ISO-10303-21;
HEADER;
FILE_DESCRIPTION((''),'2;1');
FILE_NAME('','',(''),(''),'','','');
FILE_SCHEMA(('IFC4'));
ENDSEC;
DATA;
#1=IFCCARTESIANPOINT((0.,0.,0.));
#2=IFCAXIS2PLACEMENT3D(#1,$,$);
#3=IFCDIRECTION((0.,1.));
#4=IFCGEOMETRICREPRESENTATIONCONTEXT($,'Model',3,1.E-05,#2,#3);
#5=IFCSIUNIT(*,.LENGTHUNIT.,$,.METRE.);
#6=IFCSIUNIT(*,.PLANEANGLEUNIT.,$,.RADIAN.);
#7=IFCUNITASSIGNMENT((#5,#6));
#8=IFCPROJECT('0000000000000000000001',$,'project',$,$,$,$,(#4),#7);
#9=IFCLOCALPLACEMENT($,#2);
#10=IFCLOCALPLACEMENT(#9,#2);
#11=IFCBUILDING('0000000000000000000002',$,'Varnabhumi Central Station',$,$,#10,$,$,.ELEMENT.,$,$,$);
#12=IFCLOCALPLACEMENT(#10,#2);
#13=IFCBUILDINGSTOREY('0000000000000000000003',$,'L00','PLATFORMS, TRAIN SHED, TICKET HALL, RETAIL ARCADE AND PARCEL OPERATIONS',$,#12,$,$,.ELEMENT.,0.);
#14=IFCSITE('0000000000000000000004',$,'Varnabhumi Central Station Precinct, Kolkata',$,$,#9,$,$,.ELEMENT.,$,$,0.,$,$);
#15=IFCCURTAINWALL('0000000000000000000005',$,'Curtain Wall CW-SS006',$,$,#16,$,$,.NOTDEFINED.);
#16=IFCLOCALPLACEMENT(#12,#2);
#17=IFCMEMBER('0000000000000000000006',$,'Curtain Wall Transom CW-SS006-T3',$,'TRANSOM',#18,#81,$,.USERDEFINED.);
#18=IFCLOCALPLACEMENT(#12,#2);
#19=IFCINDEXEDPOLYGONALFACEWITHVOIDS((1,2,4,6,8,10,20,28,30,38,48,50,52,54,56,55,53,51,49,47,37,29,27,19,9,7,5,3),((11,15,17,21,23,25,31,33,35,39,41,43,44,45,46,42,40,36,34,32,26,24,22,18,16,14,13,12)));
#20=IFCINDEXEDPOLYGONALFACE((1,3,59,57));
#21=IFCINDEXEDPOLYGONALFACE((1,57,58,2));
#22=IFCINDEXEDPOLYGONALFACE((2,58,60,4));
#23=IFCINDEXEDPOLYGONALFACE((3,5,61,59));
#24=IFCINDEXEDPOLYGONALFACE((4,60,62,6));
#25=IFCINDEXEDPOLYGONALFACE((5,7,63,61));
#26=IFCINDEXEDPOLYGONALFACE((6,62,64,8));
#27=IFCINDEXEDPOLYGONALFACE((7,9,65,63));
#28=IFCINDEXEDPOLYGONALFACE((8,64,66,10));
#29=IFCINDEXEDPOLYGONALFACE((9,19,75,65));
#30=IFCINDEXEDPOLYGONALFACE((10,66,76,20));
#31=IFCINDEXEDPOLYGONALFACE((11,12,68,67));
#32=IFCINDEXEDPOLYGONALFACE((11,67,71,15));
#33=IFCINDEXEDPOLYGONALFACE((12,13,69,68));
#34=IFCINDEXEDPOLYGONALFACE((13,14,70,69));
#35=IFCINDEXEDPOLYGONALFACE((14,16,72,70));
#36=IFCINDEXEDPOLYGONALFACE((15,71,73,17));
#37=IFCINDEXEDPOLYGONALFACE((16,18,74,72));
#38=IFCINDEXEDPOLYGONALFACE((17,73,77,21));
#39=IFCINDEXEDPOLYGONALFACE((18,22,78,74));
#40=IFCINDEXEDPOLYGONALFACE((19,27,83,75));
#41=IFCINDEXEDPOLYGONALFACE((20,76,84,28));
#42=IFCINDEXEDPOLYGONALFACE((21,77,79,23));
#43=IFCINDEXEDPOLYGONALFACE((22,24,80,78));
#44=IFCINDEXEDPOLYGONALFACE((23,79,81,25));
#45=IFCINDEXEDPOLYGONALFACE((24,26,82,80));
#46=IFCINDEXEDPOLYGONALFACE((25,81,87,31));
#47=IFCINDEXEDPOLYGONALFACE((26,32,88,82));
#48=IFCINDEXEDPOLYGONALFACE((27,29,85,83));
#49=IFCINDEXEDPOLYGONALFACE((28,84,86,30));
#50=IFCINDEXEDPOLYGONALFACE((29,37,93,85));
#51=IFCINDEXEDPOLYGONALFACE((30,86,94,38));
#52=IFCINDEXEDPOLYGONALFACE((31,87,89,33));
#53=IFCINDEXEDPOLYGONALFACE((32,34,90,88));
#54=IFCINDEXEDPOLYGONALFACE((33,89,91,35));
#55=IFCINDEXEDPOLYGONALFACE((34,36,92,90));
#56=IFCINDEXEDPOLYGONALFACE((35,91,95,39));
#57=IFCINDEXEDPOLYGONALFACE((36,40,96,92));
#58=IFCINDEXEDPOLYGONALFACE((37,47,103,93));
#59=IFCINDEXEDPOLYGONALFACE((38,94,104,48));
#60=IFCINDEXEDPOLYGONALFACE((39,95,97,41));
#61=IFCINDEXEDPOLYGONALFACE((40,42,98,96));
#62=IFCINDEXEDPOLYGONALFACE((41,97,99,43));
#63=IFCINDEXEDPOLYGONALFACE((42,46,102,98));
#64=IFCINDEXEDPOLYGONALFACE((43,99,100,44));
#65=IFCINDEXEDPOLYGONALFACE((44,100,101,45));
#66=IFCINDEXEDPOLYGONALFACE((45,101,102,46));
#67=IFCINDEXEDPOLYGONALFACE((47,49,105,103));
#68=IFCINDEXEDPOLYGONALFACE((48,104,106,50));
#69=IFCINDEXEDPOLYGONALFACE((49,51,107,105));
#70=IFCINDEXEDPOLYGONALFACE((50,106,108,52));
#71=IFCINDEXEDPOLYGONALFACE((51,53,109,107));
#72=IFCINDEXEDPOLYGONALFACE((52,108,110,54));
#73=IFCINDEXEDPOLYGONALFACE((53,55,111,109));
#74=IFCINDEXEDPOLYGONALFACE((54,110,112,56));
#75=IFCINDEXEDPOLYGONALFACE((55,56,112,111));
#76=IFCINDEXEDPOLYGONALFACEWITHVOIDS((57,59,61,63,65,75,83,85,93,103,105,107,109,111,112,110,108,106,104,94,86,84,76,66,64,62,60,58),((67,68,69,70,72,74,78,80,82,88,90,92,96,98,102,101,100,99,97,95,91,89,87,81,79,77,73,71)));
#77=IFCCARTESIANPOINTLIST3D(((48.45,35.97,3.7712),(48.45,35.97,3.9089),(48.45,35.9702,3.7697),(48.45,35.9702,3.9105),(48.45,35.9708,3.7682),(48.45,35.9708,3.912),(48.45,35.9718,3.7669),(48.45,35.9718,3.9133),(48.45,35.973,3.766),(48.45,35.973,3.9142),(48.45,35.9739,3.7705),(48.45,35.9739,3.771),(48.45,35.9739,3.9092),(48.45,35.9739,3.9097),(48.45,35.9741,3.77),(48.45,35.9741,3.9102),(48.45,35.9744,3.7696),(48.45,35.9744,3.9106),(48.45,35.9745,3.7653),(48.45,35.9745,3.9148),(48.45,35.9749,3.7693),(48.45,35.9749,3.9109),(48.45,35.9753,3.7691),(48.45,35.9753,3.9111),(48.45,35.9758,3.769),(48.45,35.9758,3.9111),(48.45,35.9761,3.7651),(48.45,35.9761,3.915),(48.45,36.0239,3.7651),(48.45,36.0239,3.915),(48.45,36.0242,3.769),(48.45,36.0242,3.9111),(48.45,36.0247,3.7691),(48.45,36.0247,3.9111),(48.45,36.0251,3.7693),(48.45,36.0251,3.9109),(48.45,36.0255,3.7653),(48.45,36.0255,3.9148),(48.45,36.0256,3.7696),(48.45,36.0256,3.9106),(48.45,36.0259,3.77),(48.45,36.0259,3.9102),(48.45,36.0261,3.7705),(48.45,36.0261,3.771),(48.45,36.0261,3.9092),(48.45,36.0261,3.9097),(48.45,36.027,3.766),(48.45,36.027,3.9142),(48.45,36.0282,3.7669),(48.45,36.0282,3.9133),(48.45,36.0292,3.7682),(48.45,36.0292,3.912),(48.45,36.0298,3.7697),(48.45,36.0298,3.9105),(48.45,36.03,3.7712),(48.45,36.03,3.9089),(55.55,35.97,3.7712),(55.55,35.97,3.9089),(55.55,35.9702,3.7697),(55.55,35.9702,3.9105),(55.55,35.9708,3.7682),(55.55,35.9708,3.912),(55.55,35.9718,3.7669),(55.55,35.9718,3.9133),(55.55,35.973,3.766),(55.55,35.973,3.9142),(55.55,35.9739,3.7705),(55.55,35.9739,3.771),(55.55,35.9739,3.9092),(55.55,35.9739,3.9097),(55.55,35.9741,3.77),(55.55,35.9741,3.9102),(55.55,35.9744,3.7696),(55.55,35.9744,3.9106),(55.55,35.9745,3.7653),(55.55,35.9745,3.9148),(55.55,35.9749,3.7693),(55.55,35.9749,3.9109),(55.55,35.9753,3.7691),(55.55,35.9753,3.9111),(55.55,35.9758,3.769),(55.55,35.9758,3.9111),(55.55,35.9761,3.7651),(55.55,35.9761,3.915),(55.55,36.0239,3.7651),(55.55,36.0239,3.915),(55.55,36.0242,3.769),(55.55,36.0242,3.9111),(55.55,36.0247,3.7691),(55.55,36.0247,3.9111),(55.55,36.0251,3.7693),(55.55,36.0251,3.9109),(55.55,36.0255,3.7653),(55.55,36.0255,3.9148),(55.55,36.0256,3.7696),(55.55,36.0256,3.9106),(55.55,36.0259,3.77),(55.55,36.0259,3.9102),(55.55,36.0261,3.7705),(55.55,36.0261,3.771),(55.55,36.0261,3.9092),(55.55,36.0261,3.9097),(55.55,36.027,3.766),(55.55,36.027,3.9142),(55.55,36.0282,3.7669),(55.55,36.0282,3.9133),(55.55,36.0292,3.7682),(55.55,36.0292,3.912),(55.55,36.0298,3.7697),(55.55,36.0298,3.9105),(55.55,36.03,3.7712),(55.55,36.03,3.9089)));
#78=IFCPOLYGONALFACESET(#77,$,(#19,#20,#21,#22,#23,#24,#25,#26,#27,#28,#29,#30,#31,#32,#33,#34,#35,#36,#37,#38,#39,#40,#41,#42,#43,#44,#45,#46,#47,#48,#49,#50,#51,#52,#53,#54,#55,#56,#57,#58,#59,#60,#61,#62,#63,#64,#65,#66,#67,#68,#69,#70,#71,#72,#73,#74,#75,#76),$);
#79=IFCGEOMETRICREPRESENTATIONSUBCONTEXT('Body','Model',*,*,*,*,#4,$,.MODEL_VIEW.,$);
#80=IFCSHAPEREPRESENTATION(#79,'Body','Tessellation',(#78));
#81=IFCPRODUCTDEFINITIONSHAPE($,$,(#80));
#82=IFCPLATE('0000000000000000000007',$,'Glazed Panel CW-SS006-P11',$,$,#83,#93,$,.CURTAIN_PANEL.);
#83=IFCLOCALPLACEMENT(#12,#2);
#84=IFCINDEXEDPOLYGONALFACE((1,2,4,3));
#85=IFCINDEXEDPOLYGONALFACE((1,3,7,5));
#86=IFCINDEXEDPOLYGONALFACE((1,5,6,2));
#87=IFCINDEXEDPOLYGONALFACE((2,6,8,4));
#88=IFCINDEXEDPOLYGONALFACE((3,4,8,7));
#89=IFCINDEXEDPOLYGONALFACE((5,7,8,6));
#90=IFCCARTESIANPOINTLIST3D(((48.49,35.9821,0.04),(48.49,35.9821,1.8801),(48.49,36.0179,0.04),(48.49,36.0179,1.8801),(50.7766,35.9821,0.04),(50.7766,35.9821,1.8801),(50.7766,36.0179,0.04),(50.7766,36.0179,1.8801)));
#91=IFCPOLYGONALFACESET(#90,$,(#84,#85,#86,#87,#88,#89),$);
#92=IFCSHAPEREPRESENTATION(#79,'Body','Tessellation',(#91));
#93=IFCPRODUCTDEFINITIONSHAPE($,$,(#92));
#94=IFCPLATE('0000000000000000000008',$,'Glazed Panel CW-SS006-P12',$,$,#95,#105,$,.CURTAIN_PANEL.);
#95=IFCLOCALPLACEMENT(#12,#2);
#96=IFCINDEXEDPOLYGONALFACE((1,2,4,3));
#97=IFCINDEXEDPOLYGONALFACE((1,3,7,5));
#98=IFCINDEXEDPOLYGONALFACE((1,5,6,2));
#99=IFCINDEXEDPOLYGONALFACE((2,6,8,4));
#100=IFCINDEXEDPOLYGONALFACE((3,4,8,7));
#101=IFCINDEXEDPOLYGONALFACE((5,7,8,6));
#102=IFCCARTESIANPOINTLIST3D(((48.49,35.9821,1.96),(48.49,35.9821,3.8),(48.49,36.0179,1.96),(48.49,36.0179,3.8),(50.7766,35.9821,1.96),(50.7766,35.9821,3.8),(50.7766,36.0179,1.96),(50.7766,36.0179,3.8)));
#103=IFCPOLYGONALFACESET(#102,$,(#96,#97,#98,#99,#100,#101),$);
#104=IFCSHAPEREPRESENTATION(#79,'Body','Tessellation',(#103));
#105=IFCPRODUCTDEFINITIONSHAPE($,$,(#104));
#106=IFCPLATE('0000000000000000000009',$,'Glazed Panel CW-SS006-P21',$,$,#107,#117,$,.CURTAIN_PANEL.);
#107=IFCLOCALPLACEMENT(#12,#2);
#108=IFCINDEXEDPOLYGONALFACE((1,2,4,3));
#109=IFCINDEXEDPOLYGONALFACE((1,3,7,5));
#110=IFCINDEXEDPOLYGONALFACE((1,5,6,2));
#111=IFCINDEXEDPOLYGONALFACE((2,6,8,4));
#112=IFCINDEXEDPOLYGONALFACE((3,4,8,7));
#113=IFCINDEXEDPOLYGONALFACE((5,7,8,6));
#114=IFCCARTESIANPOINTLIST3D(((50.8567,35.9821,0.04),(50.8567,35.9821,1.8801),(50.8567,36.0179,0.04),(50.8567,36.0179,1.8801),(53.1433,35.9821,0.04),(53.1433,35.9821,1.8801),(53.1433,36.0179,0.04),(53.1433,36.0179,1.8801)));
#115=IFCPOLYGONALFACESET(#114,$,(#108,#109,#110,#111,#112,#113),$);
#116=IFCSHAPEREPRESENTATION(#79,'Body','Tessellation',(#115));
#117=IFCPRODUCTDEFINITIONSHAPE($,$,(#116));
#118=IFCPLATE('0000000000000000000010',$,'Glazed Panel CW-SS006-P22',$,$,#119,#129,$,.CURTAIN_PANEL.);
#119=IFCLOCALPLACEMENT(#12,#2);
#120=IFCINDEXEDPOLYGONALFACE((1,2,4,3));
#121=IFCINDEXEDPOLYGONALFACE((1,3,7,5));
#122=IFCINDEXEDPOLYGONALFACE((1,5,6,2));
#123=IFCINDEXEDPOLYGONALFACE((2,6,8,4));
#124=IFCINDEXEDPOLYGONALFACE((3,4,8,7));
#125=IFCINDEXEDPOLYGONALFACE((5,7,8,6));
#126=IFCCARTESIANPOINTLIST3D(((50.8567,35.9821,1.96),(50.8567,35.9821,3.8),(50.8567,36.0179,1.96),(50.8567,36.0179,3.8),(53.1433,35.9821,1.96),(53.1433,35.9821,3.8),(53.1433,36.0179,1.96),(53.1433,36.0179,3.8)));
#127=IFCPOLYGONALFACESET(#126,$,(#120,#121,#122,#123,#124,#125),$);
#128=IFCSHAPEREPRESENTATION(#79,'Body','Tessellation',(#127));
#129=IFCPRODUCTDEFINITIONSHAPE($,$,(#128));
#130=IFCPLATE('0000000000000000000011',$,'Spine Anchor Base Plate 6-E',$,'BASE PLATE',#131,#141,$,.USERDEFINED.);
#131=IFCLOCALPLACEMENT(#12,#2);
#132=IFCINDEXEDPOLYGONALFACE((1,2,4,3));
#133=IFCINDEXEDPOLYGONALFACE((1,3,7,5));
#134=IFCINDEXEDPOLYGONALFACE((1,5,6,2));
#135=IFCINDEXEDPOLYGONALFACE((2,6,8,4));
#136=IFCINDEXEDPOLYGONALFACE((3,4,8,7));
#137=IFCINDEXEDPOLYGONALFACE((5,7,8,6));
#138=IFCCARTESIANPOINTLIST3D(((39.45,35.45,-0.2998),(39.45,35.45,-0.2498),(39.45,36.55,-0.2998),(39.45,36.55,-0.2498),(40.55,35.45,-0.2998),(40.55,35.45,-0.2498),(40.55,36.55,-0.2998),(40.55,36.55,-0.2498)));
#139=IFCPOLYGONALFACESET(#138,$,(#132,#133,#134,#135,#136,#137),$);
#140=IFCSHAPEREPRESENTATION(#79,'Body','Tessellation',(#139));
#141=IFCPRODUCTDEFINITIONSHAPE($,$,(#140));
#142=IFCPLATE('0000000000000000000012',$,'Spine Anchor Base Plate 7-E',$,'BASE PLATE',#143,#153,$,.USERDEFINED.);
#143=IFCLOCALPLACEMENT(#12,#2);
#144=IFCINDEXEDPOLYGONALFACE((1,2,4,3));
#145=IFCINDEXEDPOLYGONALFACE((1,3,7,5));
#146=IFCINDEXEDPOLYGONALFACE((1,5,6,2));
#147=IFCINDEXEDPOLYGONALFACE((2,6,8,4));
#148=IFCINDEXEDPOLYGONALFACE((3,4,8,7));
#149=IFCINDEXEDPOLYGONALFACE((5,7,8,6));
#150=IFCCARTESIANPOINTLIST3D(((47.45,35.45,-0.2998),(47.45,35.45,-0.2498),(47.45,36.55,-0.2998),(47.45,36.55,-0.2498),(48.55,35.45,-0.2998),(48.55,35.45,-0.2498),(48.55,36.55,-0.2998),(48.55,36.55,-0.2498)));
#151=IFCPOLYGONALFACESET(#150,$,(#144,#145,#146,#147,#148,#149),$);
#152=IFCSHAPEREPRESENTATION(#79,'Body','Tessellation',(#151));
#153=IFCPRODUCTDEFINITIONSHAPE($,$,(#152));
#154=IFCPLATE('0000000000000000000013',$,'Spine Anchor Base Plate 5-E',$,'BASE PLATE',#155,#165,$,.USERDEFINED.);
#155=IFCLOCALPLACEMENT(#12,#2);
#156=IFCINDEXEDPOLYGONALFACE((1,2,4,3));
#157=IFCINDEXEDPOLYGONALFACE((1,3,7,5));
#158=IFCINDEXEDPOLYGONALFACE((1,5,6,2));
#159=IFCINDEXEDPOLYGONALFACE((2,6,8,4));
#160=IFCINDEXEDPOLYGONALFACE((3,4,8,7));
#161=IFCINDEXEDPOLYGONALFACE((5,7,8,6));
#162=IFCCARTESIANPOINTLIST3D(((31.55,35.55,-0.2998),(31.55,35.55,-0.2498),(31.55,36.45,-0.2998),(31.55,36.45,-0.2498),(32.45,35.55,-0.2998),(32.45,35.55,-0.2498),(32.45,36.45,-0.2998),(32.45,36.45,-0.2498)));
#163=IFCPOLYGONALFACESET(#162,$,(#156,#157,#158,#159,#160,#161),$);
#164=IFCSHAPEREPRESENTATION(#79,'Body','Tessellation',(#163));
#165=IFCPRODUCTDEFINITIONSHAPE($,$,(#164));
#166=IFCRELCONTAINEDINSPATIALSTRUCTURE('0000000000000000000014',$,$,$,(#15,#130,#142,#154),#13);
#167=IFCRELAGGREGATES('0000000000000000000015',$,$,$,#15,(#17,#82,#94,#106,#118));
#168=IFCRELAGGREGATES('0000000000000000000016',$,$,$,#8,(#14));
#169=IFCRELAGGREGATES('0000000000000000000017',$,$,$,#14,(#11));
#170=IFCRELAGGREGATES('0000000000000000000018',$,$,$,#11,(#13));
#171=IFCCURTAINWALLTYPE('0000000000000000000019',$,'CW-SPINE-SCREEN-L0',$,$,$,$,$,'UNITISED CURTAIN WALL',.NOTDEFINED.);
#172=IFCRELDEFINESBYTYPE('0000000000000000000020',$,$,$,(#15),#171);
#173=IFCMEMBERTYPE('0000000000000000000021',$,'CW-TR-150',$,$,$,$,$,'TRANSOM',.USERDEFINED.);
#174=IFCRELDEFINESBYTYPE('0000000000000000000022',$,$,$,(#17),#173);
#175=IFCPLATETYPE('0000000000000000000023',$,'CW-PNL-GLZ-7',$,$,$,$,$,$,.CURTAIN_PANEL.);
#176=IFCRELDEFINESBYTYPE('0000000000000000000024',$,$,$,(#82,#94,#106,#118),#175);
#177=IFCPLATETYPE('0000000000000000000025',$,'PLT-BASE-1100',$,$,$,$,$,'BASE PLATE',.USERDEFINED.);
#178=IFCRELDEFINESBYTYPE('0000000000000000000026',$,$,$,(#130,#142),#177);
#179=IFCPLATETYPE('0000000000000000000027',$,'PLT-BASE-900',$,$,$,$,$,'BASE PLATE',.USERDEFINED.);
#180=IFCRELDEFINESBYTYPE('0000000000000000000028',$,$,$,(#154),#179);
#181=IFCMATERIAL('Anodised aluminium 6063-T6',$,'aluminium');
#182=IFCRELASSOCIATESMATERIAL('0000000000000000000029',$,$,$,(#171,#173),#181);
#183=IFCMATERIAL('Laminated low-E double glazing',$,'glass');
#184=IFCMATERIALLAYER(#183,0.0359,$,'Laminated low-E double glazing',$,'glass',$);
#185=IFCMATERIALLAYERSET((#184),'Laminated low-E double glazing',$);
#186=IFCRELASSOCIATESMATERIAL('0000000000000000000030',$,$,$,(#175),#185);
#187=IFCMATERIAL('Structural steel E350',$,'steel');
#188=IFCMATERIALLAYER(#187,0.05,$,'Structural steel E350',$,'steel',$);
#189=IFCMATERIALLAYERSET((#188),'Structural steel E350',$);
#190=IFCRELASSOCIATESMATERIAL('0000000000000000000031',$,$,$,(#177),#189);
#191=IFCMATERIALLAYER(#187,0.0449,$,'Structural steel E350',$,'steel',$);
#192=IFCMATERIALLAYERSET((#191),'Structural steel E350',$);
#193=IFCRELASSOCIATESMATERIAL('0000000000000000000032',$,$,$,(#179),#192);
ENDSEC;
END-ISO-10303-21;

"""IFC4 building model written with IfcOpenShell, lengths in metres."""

from ifc_helpers import new_model, si_unit, direction, frame, origin, origin_2d, place, context, subcontext, project, spatial, rectangle, hollow_rectangle, extrude, material, layer, layer_set, material_profile, profile_set, type_object, element, aggregate, save


model = new_model("IFC4")

# Units and contexts
model_context = context("Model", 3, precision=1e-05, world=origin(), true_north=direction((0.0, 1.0)))
body_context = subcontext(model_context, "Body", "Model", "MODEL_VIEW")
ifc_project = project(units=[si_unit("LENGTHUNIT", "METRE"), si_unit("PLANEANGLEUNIT", "RADIAN")], contexts=[model_context])

# Site, building, storey
site_placement = place(None, origin())
site = spatial("IfcSite", under=ifc_project, at=site_placement, Name="Varnabhumi Central Station Precinct, Kolkata", CompositionType="ELEMENT", RefElevation=0.0)
building_placement = place(site_placement, origin())
building = spatial("IfcBuilding", under=site, at=building_placement, Name="Varnabhumi Central Station", CompositionType="ELEMENT")
storey_placement = place(building_placement, origin())
storey = spatial("IfcBuildingStorey", under=building, at=storey_placement, Name="L00", Description="PLATFORMS, TRAIN SHED, TICKET HALL, RETAIL ARCADE AND PARCEL OPERATIONS", CompositionType="ELEMENT", Elevation=0.0)

# Shared definitions
ifc_material_1 = material(Name="Structural steel E350", Category="steel")

# Curtain wall, member, plates
ifc_material_2 = material(Name="Anodised aluminium 6063-T6", Category="aluminium")
curtain_wall_type = type_object("IfcCurtainWallType", Name="CW-SPINE-SCREEN-L0", ElementType="UNITISED CURTAIN WALL", PredefinedType="NOTDEFINED", material=ifc_material_2)
curtain_wall_placement = place(storey_placement, origin())
curtain_wall = element("IfcCurtainWall", 1, at=curtain_wall_placement, inside=storey, type_object=curtain_wall_type, Name="Curtain Wall CW-SS006", PredefinedType="NOTDEFINED")
ifc_material_profile_1 = material_profile(ifc_material_2, hollow_rectangle(XDim=0.0601, YDim=0.1499, WallThickness=0.0039, InnerFilletRadius=0.002, OuterFilletRadius=0.0061, at=origin_2d()), Name="Anodised aluminium 6063-T6", Category="aluminium")
ifc_profile_set_1 = profile_set([ifc_material_profile_1], Name="Anodised aluminium 6063-T6")
member_type_1 = type_object("IfcMemberType", Name="CW-TR-150", ElementType="TRANSOM", PredefinedType="USERDEFINED", material=ifc_profile_set_1)
member_1_placement = place(storey_placement, frame((48.45, 36.0, 3.8401), z_axis=(1.0, 0.0, 0.0), x_axis=(0.0, 1.0, 0.0)))
member_1 = element("IfcMember", 2, at=member_1_placement, type_object=member_type_1, Name="Curtain Wall Transom CW-SS006-T3", ObjectType="TRANSOM", PredefinedType="USERDEFINED", context=body_context, shape_type="SweptSolid", body=[
    extrude(hollow_rectangle(XDim=0.0601, YDim=0.1499, WallThickness=0.0039, InnerFilletRadius=0.002, OuterFilletRadius=0.0061, at=origin_2d()), origin(), (0.0, 0.0, 1.0), 7.1001),
])
ifc_material_3 = material(Name="Laminated low-E double glazing", Category="glass")
ifc_layer_1 = layer(ifc_material_3, 0.0359, Name="Laminated low-E double glazing", Category="glass")
ifc_layer_set_1 = layer_set([ifc_layer_1], Name="Laminated low-E double glazing")
plate_type_1 = type_object("IfcPlateType", Name="CW-PNL-GLZ-7", PredefinedType="CURTAIN_PANEL", material=ifc_layer_set_1)
plate_1_placement = place(storey_placement, frame((49.6333, 36.0, 0.04), z_axis=(0.0, 0.0, 1.0), x_axis=(1.0, 0.0, 0.0)))
plate_1 = element("IfcPlate", 3, at=plate_1_placement, type_object=plate_type_1, Name="Glazed Panel CW-SS006-P11", PredefinedType="CURTAIN_PANEL", context=body_context, shape_type="SweptSolid", body=[
    extrude(rectangle(XDim=2.2866, YDim=0.0359, at=origin_2d()), origin(), (0.0, 0.0, 1.0), 1.8401),
])
plate_2_placement = place(storey_placement, frame((49.6333, 36.0, 1.96), z_axis=(0.0, 0.0, 1.0), x_axis=(1.0, 0.0, 0.0)))
plate_2 = element("IfcPlate", 4, at=plate_2_placement, type_object=plate_type_1, Name="Glazed Panel CW-SS006-P12", PredefinedType="CURTAIN_PANEL", context=body_context, shape_type="SweptSolid", body=[
    extrude(rectangle(XDim=2.2866, YDim=0.0359, at=origin_2d()), origin(), (0.0, 0.0, 1.0), 1.8401),
])
plate_3_placement = place(storey_placement, frame((52.0, 36.0, 0.04), z_axis=(0.0, 0.0, 1.0), x_axis=(1.0, 0.0, 0.0)))
plate_3 = element("IfcPlate", 5, at=plate_3_placement, type_object=plate_type_1, Name="Glazed Panel CW-SS006-P21", PredefinedType="CURTAIN_PANEL", context=body_context, shape_type="SweptSolid", body=[
    extrude(rectangle(XDim=2.2866, YDim=0.0359, at=origin_2d()), origin(), (0.0, 0.0, 1.0), 1.8401),
])
plate_4_placement = place(storey_placement, frame((52.0, 36.0, 1.96), z_axis=(0.0, 0.0, 1.0), x_axis=(1.0, 0.0, 0.0)))
plate_4 = element("IfcPlate", 6, at=plate_4_placement, type_object=plate_type_1, Name="Glazed Panel CW-SS006-P22", PredefinedType="CURTAIN_PANEL", context=body_context, shape_type="SweptSolid", body=[
    extrude(rectangle(XDim=2.2866, YDim=0.0359, at=origin_2d()), origin(), (0.0, 0.0, 1.0), 1.8401),
])
aggregate(curtain_wall, [member_1, plate_1, plate_2, plate_3, plate_4])

# Plates
ifc_layer_2 = layer(ifc_material_1, 0.05, Name="Structural steel E350", Category="steel")
ifc_layer_set_2 = layer_set([ifc_layer_2], Name="Structural steel E350")
plate_type_2 = type_object("IfcPlateType", Name="PLT-BASE-1100", ElementType="BASE PLATE", PredefinedType="USERDEFINED", material=ifc_layer_set_2)
for number, where, z_axis, x_axis, name in (
    (7, (40.0, 36.0, -0.2998), (0.0, 0.0, 1.0), (1.0, 0.0, 0.0), "Spine Anchor Base Plate 6-E"),
    (8, (48.0, 36.0, -0.2998), (0.0, 0.0, 1.0), (1.0, 0.0, 0.0), "Spine Anchor Base Plate 7-E"),
):
    element("IfcPlate", number, at=place(storey_placement, frame(where, z_axis=z_axis, x_axis=x_axis)), inside=storey, type_object=plate_type_2, Name=name, ObjectType="BASE PLATE", PredefinedType="USERDEFINED", context=body_context, shape_type="SweptSolid", body=[
        extrude(rectangle(XDim=1.1001, YDim=1.1001, at=origin_2d()), origin(), (0.0, 0.0, 1.0), 0.05),
    ])
ifc_layer_3 = layer(ifc_material_1, 0.0449, Name="Structural steel E350", Category="steel")
ifc_layer_set_3 = layer_set([ifc_layer_3], Name="Structural steel E350")
plate_type_3 = type_object("IfcPlateType", Name="PLT-BASE-900", ElementType="BASE PLATE", PredefinedType="USERDEFINED", material=ifc_layer_set_3)
plate_5_placement = place(storey_placement, frame((32.0, 36.0, -0.2998), z_axis=(0.0, 0.0, 1.0), x_axis=(1.0, 0.0, 0.0)))
element("IfcPlate", 9, at=plate_5_placement, inside=storey, type_object=plate_type_3, Name="Spine Anchor Base Plate 5-E", ObjectType="BASE PLATE", PredefinedType="USERDEFINED", context=body_context, shape_type="SweptSolid", body=[
    extrude(rectangle(XDim=0.8999, YDim=0.8999, at=origin_2d()), origin(), (0.0, 0.0, 1.0), 0.05),
])

save(model, "model.ifc")
